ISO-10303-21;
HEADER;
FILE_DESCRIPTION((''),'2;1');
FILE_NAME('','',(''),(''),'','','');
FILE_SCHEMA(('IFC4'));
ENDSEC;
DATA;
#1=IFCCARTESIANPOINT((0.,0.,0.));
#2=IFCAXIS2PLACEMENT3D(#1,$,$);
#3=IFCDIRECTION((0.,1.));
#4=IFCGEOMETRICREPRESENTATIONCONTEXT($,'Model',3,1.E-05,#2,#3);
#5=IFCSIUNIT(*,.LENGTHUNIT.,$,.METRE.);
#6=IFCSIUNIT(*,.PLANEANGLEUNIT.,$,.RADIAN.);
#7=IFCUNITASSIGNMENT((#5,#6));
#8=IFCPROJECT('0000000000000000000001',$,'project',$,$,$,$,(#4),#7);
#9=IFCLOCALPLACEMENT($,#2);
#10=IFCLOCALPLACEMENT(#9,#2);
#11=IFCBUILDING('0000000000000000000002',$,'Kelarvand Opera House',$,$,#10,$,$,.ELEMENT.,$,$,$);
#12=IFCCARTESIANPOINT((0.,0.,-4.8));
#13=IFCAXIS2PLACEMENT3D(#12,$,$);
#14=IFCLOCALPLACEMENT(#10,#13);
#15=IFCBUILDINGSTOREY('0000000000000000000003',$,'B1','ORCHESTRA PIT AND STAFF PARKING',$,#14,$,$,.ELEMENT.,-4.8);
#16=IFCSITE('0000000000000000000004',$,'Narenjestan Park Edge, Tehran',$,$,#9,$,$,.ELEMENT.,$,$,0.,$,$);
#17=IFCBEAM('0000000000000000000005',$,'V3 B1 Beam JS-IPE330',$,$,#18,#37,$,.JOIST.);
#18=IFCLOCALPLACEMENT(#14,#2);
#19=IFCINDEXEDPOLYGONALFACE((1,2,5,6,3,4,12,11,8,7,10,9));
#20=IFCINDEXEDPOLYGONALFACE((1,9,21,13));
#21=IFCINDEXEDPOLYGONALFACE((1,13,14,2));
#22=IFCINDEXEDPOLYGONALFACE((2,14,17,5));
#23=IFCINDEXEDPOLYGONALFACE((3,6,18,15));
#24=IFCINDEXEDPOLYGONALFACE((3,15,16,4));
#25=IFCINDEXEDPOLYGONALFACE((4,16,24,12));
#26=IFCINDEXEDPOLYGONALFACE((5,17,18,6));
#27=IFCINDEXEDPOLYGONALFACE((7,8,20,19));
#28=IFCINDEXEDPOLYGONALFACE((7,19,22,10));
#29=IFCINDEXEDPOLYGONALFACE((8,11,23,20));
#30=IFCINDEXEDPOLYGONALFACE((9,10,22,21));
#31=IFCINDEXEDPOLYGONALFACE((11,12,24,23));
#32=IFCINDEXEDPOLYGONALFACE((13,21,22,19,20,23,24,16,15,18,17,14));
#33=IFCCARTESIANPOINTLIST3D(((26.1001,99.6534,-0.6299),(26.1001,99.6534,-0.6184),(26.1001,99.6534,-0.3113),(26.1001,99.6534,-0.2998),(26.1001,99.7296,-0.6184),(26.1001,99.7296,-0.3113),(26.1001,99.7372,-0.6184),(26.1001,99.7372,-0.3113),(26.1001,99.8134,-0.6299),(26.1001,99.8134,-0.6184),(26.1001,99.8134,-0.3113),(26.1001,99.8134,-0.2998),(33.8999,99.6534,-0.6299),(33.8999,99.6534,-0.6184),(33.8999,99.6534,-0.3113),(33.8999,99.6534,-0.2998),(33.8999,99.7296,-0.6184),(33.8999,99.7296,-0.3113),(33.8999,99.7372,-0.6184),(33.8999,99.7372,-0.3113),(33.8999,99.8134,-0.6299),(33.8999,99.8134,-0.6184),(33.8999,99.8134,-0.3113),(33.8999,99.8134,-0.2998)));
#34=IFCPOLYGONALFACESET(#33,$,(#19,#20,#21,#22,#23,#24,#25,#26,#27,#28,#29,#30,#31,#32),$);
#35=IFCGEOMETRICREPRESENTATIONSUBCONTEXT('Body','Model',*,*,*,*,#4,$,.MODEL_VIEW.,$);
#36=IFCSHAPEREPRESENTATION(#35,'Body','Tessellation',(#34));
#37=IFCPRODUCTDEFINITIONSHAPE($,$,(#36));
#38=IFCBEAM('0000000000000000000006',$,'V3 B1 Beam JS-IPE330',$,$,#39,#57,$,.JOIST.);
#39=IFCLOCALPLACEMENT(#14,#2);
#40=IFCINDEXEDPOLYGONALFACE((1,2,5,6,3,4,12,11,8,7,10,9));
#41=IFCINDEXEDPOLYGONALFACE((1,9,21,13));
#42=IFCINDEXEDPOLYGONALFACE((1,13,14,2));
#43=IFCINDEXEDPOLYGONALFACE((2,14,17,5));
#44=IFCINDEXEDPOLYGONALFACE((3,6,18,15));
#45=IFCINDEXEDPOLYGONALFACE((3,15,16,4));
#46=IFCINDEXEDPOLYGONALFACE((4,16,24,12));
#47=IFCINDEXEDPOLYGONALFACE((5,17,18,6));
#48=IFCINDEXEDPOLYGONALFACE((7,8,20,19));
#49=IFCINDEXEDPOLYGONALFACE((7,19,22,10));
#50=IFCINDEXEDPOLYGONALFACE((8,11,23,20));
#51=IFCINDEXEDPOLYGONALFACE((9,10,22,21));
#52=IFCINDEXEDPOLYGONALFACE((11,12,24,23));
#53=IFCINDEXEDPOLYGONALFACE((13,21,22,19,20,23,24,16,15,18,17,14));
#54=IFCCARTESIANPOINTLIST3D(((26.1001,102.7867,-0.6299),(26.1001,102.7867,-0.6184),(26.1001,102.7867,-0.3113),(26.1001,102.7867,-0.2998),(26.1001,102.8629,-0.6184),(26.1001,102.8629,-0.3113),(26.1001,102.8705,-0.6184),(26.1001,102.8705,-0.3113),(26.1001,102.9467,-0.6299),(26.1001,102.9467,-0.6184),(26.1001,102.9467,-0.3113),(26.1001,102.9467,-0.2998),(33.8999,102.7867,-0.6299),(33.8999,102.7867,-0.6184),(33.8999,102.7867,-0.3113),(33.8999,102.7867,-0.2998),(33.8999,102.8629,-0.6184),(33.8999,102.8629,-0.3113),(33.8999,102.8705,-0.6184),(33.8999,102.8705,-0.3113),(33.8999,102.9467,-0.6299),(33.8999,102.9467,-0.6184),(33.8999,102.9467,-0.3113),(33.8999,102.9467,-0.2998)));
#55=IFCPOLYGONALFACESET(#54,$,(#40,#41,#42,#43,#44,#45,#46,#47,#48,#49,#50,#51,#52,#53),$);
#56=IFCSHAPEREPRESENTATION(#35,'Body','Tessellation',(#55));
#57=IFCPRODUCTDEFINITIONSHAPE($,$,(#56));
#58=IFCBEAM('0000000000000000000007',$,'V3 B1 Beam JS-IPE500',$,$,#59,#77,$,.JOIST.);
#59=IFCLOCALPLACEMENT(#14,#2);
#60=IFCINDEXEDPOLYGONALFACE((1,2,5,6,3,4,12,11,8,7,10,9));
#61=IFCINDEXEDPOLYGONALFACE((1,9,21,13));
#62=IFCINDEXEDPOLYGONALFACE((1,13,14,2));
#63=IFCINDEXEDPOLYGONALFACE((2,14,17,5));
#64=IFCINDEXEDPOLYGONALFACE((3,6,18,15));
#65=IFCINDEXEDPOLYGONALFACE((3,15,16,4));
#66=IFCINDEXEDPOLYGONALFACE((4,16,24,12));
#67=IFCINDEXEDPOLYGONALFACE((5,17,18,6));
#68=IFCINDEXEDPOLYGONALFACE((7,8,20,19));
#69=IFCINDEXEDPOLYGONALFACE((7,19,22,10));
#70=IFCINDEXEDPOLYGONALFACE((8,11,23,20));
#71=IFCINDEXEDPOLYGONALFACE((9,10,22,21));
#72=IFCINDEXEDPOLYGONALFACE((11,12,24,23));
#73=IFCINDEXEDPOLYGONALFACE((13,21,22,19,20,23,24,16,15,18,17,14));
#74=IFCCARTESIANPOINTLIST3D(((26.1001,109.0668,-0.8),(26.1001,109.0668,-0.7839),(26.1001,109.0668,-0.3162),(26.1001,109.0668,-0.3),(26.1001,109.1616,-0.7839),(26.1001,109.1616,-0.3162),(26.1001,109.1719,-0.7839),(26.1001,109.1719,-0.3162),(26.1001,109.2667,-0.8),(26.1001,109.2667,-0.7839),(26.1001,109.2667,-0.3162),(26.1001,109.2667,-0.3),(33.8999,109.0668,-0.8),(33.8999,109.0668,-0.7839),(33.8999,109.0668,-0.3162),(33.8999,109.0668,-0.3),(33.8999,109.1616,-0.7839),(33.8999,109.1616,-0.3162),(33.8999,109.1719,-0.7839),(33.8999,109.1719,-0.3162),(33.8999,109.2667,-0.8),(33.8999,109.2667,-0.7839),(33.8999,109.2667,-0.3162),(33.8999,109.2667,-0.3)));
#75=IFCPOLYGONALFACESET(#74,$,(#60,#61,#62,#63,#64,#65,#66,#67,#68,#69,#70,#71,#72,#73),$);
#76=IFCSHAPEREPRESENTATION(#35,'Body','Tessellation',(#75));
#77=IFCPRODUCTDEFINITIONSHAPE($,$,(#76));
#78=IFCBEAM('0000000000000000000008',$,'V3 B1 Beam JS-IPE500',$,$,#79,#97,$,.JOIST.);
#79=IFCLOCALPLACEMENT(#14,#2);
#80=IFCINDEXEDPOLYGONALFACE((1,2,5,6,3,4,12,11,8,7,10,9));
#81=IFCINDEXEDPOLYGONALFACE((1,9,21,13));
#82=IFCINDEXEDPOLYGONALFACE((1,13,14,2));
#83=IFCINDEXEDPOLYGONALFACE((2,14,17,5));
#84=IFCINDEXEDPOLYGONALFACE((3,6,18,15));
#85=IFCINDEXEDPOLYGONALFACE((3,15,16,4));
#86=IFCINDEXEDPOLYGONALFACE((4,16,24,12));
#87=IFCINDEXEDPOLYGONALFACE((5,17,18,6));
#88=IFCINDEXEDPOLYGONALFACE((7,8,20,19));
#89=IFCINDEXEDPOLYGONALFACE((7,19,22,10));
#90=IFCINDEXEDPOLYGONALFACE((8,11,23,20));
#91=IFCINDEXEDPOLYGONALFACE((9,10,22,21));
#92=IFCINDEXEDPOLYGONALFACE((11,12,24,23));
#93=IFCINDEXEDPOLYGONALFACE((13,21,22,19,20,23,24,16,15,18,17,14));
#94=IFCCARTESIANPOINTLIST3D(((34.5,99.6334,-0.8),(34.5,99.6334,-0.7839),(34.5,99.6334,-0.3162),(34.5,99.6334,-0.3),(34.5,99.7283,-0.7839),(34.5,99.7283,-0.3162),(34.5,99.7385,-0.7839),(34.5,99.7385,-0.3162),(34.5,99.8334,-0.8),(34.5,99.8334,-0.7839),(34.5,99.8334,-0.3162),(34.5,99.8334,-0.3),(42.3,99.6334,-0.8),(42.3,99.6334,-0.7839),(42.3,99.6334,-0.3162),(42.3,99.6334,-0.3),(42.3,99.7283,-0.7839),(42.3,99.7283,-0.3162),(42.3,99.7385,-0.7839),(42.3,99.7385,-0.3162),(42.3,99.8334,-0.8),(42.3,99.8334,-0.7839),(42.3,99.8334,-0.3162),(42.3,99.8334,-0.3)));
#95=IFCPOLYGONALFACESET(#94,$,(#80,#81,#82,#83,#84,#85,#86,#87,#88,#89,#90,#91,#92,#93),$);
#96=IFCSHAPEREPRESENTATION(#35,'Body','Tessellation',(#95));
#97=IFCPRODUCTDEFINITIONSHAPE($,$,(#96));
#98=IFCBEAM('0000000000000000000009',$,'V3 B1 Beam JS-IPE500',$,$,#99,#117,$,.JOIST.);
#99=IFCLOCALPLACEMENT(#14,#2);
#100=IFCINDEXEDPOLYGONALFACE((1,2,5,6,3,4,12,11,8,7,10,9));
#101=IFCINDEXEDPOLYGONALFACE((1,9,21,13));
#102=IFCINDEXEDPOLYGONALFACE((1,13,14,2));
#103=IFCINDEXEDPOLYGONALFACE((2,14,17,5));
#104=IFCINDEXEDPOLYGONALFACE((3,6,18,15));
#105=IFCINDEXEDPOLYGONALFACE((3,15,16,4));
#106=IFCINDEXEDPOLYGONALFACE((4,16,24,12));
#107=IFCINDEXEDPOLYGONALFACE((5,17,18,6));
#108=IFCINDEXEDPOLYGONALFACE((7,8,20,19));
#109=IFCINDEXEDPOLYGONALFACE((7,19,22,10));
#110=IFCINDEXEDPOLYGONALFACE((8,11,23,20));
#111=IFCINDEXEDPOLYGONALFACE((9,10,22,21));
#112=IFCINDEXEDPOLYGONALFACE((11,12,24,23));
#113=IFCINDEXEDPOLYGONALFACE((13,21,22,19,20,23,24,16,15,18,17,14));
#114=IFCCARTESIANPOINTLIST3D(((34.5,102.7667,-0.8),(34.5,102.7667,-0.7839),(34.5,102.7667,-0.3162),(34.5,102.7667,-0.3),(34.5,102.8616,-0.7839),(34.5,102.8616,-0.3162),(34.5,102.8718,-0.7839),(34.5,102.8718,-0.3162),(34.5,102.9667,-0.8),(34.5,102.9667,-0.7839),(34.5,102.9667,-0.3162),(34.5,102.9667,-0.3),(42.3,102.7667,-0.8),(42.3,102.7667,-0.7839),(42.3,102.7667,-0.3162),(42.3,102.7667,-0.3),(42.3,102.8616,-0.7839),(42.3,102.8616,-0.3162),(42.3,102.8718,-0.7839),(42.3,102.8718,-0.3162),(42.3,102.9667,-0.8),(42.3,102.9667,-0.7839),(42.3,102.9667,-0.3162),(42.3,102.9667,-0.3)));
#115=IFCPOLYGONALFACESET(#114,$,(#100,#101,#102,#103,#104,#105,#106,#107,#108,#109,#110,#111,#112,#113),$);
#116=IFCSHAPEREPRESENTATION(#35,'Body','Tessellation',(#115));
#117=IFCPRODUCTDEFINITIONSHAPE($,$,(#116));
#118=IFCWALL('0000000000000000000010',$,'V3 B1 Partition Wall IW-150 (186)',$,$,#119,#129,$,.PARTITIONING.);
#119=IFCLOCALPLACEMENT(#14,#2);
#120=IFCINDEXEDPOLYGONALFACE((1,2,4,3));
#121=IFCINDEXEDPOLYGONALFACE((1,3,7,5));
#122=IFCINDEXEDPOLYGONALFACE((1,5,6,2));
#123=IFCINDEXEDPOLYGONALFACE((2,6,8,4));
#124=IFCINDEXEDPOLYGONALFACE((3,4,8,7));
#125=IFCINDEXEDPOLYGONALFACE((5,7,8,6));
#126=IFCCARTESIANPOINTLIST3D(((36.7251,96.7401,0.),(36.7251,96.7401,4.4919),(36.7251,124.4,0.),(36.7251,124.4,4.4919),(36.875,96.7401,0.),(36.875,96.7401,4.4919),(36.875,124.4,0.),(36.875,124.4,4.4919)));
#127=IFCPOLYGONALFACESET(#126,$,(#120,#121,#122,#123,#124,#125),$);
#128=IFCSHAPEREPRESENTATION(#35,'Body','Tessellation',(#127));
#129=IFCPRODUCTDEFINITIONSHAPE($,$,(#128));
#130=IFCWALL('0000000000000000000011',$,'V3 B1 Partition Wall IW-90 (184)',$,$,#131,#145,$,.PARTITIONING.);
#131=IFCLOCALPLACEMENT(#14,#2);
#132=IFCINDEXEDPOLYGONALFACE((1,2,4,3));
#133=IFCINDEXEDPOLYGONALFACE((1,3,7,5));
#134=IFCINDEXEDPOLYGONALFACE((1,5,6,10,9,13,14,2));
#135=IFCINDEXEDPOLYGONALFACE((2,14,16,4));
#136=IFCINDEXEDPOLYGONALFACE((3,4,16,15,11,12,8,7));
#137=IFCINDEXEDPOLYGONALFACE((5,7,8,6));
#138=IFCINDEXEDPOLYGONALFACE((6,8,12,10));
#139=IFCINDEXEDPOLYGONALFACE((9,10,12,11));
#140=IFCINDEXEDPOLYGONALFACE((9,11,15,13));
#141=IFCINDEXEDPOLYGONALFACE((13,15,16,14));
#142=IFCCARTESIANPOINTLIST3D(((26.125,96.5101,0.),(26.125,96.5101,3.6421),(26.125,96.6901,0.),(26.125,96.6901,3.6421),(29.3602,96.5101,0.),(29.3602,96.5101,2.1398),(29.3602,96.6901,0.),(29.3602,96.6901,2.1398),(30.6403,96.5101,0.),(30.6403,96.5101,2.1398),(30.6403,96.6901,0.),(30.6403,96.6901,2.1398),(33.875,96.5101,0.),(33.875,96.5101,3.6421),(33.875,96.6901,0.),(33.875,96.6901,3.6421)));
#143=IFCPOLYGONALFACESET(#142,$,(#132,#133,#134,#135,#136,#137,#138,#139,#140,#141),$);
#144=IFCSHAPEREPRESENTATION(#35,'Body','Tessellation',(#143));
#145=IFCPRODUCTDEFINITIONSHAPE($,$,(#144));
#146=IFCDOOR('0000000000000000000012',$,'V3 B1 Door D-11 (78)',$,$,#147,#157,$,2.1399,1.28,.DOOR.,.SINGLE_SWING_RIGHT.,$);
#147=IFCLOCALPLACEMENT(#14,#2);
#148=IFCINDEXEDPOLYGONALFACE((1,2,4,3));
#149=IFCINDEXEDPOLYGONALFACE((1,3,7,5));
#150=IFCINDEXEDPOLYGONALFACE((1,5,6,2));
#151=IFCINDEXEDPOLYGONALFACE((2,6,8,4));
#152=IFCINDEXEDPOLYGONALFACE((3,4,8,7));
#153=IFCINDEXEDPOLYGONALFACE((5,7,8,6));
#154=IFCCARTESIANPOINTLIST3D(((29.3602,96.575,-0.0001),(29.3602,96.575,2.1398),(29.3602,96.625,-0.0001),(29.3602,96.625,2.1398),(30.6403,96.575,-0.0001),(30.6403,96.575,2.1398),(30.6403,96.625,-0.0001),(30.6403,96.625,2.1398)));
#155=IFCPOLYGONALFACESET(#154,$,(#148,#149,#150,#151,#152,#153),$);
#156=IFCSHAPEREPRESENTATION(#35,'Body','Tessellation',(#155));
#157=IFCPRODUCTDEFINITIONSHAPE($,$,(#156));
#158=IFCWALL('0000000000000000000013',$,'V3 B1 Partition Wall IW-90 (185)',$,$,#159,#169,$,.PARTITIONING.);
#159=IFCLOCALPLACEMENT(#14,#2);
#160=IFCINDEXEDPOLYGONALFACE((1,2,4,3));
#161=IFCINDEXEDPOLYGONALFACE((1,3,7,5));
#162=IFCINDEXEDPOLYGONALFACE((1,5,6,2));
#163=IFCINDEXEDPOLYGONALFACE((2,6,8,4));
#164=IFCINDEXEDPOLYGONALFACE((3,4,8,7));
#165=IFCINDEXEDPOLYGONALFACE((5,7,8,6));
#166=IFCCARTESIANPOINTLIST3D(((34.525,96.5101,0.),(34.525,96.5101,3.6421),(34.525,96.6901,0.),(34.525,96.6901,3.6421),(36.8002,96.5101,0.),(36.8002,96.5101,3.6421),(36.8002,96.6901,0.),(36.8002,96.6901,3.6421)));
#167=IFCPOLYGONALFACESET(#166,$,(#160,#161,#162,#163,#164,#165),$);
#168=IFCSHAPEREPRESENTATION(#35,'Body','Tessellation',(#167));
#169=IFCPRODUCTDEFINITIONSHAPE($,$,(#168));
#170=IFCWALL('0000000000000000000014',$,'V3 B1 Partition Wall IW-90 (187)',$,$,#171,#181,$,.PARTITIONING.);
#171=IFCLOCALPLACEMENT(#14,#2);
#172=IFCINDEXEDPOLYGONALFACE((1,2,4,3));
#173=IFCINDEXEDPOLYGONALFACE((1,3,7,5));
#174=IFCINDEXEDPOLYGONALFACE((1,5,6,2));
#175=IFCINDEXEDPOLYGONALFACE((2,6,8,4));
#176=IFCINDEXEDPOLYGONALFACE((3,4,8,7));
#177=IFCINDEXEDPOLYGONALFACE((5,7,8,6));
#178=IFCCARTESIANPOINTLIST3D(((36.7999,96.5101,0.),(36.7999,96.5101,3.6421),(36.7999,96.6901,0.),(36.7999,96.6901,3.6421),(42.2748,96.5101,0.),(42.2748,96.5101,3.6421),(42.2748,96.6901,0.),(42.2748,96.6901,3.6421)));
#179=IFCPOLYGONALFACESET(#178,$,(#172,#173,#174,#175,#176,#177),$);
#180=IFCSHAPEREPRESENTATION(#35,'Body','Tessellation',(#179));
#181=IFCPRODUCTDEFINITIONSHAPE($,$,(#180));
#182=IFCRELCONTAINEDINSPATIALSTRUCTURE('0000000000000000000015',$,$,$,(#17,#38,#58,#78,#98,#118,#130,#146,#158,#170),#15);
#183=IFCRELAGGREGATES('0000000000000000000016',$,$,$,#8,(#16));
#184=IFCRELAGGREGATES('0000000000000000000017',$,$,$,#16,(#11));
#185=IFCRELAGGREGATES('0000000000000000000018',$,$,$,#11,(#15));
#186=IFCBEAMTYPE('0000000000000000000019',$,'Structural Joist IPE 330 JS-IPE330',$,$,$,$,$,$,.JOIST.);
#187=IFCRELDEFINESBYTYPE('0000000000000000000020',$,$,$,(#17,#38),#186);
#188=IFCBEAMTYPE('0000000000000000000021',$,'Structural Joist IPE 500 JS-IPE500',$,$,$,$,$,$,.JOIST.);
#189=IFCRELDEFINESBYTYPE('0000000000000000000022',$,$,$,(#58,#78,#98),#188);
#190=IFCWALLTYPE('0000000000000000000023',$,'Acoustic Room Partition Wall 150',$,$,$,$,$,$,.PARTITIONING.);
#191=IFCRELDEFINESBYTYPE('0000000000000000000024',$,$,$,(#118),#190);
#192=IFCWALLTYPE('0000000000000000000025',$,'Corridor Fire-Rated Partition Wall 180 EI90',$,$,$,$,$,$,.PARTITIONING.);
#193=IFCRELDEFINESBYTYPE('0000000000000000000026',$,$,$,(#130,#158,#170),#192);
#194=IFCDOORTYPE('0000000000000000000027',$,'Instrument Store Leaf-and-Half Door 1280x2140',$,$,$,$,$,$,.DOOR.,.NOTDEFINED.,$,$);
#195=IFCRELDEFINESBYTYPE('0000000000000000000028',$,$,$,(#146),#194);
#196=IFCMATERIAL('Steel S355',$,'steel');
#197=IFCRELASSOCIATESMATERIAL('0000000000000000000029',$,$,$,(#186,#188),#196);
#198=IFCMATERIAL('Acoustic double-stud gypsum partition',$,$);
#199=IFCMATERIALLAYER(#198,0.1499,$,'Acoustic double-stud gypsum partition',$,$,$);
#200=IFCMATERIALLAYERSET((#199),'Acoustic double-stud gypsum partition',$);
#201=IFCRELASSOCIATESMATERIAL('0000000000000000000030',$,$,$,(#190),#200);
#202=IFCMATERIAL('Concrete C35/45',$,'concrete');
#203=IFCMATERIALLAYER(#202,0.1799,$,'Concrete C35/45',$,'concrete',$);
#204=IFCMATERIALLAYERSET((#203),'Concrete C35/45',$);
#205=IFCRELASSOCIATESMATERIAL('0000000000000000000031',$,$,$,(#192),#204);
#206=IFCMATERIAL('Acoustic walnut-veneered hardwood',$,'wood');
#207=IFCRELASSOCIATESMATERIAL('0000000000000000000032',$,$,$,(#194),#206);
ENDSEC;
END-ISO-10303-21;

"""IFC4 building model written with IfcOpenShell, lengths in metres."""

from ifc_helpers import new_model, si_unit, direction, frame, frame_2d, origin, origin_2d, place, context, subcontext, project, spatial, rectangle, i_section, extrude, material, layer, layer_set, material_profile, profile_set, type_object, element, fill, save


model = new_model("IFC4")

# Units and contexts
model_context = context("Model", 3, precision=1e-05, world=origin(), true_north=direction((0.0, 1.0)))
body_context = subcontext(model_context, "Body", "Model", "MODEL_VIEW")
ifc_project = project(units=[si_unit("LENGTHUNIT", "METRE"), si_unit("PLANEANGLEUNIT", "RADIAN")], contexts=[model_context])

# Site, building, storey
site_placement = place(None, origin())
site = spatial("IfcSite", under=ifc_project, at=site_placement, Name="Narenjestan Park Edge, Tehran", CompositionType="ELEMENT", RefElevation=0.0)
building_placement = place(site_placement, origin())
building = spatial("IfcBuilding", under=site, at=building_placement, Name="Kelarvand Opera House", CompositionType="ELEMENT")
storey_placement = place(building_placement, frame((0.0, 0.0, -4.8)))
storey = spatial("IfcBuildingStorey", under=building, at=storey_placement, Name="B1", Description="ORCHESTRA PIT AND STAFF PARKING", CompositionType="ELEMENT", Elevation=-4.8)

# Beams
ifc_material_1 = material(Name="Steel S355", Category="steel")
ifc_material_profile_1 = material_profile(ifc_material_1, i_section(OverallWidth=0.1599, OverallDepth=0.3301, WebThickness=0.0076, FlangeThickness=0.0115, at=origin_2d()), Name="IPE 330", Category="steel")
ifc_profile_set_1 = profile_set([ifc_material_profile_1], Name="Steel S355")
beam_type_1 = type_object("IfcBeamType", Name="Structural Joist IPE 330 JS-IPE330", PredefinedType="JOIST", material=ifc_profile_set_1)
for number, where, z_axis, x_axis, name in (
    (1, (26.1001, 99.7334, -0.4648), (1.0, 0.0, 0.0), (0.0, 1.0, 0.0), "V3 B1 Beam JS-IPE330"),
    (2, (26.1001, 102.8667, -0.4648), (1.0, 0.0, 0.0), (0.0, 1.0, 0.0), "V3 B1 Beam JS-IPE330"),
):
    element("IfcBeam", number, at=place(storey_placement, frame(where, z_axis=z_axis, x_axis=x_axis)), inside=storey, type_object=beam_type_1, Name=name, PredefinedType="JOIST", context=body_context, shape_type="SweptSolid", body=[
        extrude(i_section(OverallWidth=0.1599, OverallDepth=0.3301, WebThickness=0.0076, FlangeThickness=0.0115, at=origin_2d()), origin(), (0.0, 0.0, 1.0), 7.7998),
    ])
ifc_material_profile_2 = material_profile(ifc_material_1, i_section(OverallWidth=0.2, OverallDepth=0.5, WebThickness=0.0103, FlangeThickness=0.0161, at=origin_2d()), Name="IPE 500", Category="steel")
ifc_profile_set_2 = profile_set([ifc_material_profile_2], Name="Steel S355")
beam_type_2 = type_object("IfcBeamType", Name="Structural Joist IPE 500 JS-IPE500", PredefinedType="JOIST", material=ifc_profile_set_2)
beam_1_placement = place(storey_placement, frame((26.1001, 109.1667, -0.55), z_axis=(1.0, 0.0, 0.0), x_axis=(0.0, 1.0, 0.0)))
element("IfcBeam", 3, at=beam_1_placement, inside=storey, type_object=beam_type_2, Name="V3 B1 Beam JS-IPE500", PredefinedType="JOIST", context=body_context, shape_type="SweptSolid", body=[
    extrude(i_section(OverallWidth=0.2, OverallDepth=0.5, WebThickness=0.0103, FlangeThickness=0.0161, at=origin_2d()), origin(), (0.0, 0.0, 1.0), 7.7998),
])
for number, where, z_axis, x_axis, name in (
    (4, (34.5, 99.7334, -0.55), (1.0, 0.0, 0.0), (0.0, 1.0, 0.0), "V3 B1 Beam JS-IPE500"),
    (5, (34.5, 102.8667, -0.55), (1.0, 0.0, 0.0), (0.0, 1.0, 0.0), "V3 B1 Beam JS-IPE500"),
):
    element("IfcBeam", number, at=place(storey_placement, frame(where, z_axis=z_axis, x_axis=x_axis)), inside=storey, type_object=beam_type_2, Name=name, PredefinedType="JOIST", context=body_context, shape_type="SweptSolid", body=[
        extrude(i_section(OverallWidth=0.2, OverallDepth=0.5, WebThickness=0.0103, FlangeThickness=0.0161, at=origin_2d()), origin(), (0.0, 0.0, 1.0), 7.8),
    ])

# Wall
ifc_material_2 = material(Name="Acoustic double-stud gypsum partition")
ifc_layer_1 = layer(ifc_material_2, 0.1499, Name="Acoustic double-stud gypsum partition")
ifc_layer_set_1 = layer_set([ifc_layer_1], Name="Acoustic double-stud gypsum partition")
wall_type_1 = type_object("IfcWallType", Name="Acoustic Room Partition Wall 150", PredefinedType="PARTITIONING", material=ifc_layer_set_1)
wall_1_placement = place(storey_placement, frame((36.8, 96.74, 0.0), z_axis=(0.0, 0.0, 1.0), x_axis=(0.0, 1.0, 0.0)))
element("IfcWall", 6, at=wall_1_placement, inside=storey, type_object=wall_type_1, Name="V3 B1 Partition Wall IW-150 (186)", PredefinedType="PARTITIONING", context=body_context, shape_type="SweptSolid", body=[
    extrude(rectangle(XDim=27.6599, YDim=0.1499, at=frame_2d((13.8301, 0.0))), origin(), (0.0, 0.0, 1.0), 4.4919),
])

# Wall, opening, door
ifc_material_3 = material(Name="Concrete C35/45", Category="concrete")
ifc_layer_2 = layer(ifc_material_3, 0.1799, Name="Concrete C35/45", Category="concrete")
ifc_layer_set_2 = layer_set([ifc_layer_2], Name="Concrete C35/45")
wall_type_2 = type_object("IfcWallType", Name="Corridor Fire-Rated Partition Wall 180 EI90", PredefinedType="PARTITIONING", material=ifc_layer_set_2)
wall_2_placement = place(storey_placement, frame((26.125, 96.6001, 0.0), z_axis=(0.0, 0.0, 1.0), x_axis=(1.0, 0.0, 0.0)))
wall_2 = element("IfcWall", 7, at=wall_2_placement, inside=storey, type_object=wall_type_2, Name="V3 B1 Partition Wall IW-90 (184)", PredefinedType="PARTITIONING", context=body_context, shape_type="SweptSolid", body=[
    extrude(rectangle(XDim=7.75, YDim=0.1799, at=frame_2d((3.875, 0.0))), origin(), (0.0, 0.0, 1.0), 3.6421),
])
opening_placement = place(wall_2_placement, frame((3.2351, 0.0, 0.0)))
opening = element("IfcOpeningElement", 8, at=opening_placement, cuts=wall_2, PredefinedType="OPENING", context=body_context, shape_type="SweptSolid", body=[
    extrude(rectangle(XDim=1.28, YDim=2.1399, at=frame_2d((0.6401, 1.0698))), frame((0.0, 0.1001, 0.0), z_axis=(0.0, -1.0, 0.0), x_axis=(1.0, 0.0, 0.0)), (0.0, 0.0, 1.0), 0.2),
])
ifc_material_4 = material(Name="Acoustic walnut-veneered hardwood", Category="wood")
door_type = type_object("IfcDoorType", Name="Instrument Store Leaf-and-Half Door 1280x2140", OperationType="NOTDEFINED", PredefinedType="DOOR", material=ifc_material_4)
door_placement = place(opening_placement, origin())
door = element("IfcDoor", 9, at=door_placement, inside=storey, type_object=door_type, Name="V3 B1 Door D-11 (78)", OperationType="SINGLE_SWING_RIGHT", OverallHeight=2.1399, OverallWidth=1.28, PredefinedType="DOOR", context=body_context, shape_type="SweptSolid", body=[
    extrude(rectangle(XDim=1.28, YDim=2.1399, at=frame_2d((0.6401, 1.0698))), frame((0.0, 0.0249, 0.0), z_axis=(0.0, -1.0, 0.0), x_axis=(1.0, 0.0, 0.0)), (0.0, 0.0, 1.0), 0.05),
])
fill(opening, door)

# Walls
wall_3_placement = place(storey_placement, frame((34.5249, 96.6001, 0.0), z_axis=(0.0, 0.0, 1.0), x_axis=(1.0, 0.0, 0.0)))
element("IfcWall", 10, at=wall_3_placement, inside=storey, type_object=wall_type_2, Name="V3 B1 Partition Wall IW-90 (185)", PredefinedType="PARTITIONING", context=body_context, shape_type="SweptSolid", body=[
    extrude(rectangle(XDim=2.2751, YDim=0.1799, at=frame_2d((1.1377, 0.0))), origin(), (0.0, 0.0, 1.0), 3.6421),
])
wall_4_placement = place(storey_placement, frame((36.8, 96.6001, 0.0), z_axis=(0.0, 0.0, 1.0), x_axis=(1.0, 0.0, 0.0)))
element("IfcWall", 11, at=wall_4_placement, inside=storey, type_object=wall_type_2, Name="V3 B1 Partition Wall IW-90 (187)", PredefinedType="PARTITIONING", context=body_context, shape_type="SweptSolid", body=[
    extrude(rectangle(XDim=5.4749, YDim=0.1799, at=frame_2d((2.7373, 0.0))), origin(), (0.0, 0.0, 1.0), 3.6421),
])

save(model, "model.ifc")
